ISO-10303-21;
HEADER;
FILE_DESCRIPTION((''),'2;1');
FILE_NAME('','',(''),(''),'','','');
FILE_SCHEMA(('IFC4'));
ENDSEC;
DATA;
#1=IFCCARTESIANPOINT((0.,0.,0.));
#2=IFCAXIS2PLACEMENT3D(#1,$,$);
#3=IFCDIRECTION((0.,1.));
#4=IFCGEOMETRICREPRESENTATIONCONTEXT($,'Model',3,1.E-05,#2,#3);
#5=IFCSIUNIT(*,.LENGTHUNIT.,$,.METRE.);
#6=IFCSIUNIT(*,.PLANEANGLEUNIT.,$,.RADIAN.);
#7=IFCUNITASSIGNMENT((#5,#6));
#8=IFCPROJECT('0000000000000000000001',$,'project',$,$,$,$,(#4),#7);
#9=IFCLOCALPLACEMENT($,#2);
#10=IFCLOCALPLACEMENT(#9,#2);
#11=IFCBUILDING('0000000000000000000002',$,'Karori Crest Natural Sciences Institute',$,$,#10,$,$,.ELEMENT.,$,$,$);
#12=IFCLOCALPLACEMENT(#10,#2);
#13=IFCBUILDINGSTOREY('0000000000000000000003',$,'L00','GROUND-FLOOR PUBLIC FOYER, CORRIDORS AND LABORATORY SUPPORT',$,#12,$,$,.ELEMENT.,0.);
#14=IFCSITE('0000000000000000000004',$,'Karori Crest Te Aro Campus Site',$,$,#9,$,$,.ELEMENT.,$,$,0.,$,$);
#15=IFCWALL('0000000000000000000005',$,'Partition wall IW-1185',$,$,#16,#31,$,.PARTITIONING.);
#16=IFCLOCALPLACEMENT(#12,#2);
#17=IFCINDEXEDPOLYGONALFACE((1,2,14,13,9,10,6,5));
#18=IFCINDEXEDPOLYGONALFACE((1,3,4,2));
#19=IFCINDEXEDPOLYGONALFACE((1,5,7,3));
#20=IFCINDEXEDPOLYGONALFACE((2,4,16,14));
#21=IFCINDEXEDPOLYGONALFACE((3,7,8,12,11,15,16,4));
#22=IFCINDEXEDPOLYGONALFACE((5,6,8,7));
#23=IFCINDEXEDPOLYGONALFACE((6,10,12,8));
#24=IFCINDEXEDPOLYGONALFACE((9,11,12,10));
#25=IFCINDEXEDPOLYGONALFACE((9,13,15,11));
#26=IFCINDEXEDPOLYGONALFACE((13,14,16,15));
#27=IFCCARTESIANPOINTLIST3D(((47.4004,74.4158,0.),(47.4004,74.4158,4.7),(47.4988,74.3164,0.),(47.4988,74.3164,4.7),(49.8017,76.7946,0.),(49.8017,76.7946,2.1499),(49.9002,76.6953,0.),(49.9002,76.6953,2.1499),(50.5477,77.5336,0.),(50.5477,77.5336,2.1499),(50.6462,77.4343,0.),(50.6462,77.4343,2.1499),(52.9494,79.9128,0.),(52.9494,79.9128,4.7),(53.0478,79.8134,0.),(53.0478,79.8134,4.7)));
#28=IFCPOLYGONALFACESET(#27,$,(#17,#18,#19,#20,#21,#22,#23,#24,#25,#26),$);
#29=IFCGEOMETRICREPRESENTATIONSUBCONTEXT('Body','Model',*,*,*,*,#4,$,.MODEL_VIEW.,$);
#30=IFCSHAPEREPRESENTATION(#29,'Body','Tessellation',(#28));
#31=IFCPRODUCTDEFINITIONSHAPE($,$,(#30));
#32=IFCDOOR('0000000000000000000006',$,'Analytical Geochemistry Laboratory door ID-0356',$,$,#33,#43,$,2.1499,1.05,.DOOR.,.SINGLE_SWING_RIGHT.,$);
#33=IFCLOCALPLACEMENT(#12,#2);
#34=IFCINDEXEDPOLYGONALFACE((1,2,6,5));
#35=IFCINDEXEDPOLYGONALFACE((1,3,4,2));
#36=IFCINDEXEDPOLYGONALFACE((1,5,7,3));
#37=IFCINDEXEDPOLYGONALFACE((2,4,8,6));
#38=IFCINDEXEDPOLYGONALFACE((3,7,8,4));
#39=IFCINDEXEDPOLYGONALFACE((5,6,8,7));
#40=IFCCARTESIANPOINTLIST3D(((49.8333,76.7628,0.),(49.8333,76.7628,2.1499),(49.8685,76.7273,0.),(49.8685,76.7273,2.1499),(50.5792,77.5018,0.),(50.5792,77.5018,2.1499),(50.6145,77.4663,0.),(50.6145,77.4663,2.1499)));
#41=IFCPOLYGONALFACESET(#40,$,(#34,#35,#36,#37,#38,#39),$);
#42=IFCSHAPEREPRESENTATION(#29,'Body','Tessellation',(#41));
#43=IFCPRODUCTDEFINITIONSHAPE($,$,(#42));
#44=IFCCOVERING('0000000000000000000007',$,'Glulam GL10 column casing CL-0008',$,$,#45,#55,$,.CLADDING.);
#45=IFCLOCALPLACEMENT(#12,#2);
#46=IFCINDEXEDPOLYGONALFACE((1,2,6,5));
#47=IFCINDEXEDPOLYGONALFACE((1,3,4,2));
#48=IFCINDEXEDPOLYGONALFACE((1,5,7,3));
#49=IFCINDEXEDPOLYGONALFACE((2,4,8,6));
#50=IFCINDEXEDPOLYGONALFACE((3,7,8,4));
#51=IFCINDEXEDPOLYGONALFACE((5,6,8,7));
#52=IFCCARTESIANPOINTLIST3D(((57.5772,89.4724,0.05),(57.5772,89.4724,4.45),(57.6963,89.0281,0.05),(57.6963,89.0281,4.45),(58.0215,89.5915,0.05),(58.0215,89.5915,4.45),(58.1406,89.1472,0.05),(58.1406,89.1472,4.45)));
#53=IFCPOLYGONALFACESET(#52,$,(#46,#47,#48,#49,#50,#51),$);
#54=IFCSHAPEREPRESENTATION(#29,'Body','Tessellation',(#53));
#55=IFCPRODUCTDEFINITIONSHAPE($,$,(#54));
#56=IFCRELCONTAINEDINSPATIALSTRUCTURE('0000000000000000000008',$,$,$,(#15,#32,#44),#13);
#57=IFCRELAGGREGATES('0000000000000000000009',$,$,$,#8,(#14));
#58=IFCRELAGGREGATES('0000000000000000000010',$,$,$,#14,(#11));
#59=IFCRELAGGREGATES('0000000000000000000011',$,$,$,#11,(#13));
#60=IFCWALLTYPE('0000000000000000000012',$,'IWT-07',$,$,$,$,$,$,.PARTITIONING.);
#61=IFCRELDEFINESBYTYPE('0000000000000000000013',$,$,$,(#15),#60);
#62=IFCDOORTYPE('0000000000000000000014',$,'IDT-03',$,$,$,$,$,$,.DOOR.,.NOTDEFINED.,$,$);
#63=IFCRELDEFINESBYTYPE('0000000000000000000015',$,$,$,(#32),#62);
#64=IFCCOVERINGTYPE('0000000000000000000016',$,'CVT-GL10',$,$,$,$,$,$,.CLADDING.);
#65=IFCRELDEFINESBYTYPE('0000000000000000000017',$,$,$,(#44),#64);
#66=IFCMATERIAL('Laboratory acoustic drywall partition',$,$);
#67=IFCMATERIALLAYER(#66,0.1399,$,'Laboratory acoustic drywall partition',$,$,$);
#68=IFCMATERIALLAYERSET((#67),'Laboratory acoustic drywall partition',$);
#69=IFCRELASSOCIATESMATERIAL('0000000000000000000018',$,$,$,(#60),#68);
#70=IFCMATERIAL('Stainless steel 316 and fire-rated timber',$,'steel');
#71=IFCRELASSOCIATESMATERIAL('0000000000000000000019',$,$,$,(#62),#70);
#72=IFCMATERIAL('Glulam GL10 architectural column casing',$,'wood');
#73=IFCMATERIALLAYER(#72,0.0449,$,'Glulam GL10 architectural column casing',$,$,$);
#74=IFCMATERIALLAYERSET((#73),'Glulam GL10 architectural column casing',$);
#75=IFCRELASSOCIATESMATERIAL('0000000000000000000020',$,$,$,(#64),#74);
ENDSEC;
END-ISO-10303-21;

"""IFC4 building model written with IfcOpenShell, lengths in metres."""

from ifc_helpers import new_model, si_unit, direction, frame, frame_2d, origin, origin_2d, place, context, subcontext, project, spatial, rectangle, extrude, material, layer, layer_set, type_object, element, fill, save


model = new_model("IFC4")

# Units and contexts
model_context = context("Model", 3, precision=1e-05, world=origin(), true_north=direction((0.0, 1.0)))
body_context = subcontext(model_context, "Body", "Model", "MODEL_VIEW")
ifc_project = project(units=[si_unit("LENGTHUNIT", "METRE"), si_unit("PLANEANGLEUNIT", "RADIAN")], contexts=[model_context])

# Site, building, storey
site_placement = place(None, origin())
site = spatial("IfcSite", under=ifc_project, at=site_placement, Name="Karori Crest Te Aro Campus Site", CompositionType="ELEMENT", RefElevation=0.0)
building_placement = place(site_placement, origin())
building = spatial("IfcBuilding", under=site, at=building_placement, Name="Karori Crest Natural Sciences Institute", CompositionType="ELEMENT")
storey_placement = place(building_placement, origin())
storey = spatial("IfcBuildingStorey", under=building, at=storey_placement, Name="L00", Description="GROUND-FLOOR PUBLIC FOYER, CORRIDORS AND LABORATORY SUPPORT", CompositionType="ELEMENT", Elevation=0.0)

# Shared definitions
ifc_material_1 = material(Name="Laboratory acoustic drywall partition")
ifc_layer_1 = layer(ifc_material_1, 0.1399, Name="Laboratory acoustic drywall partition")
ifc_layer_set_1 = layer_set([ifc_layer_1], Name="Laboratory acoustic drywall partition")
wall_type = type_object("IfcWallType", Name="IWT-07", PredefinedType="PARTITIONING", material=ifc_layer_set_1)

# Wall, opening, door
wall_1_placement = place(storey_placement, frame((52.9985, 79.863, 0.0), z_axis=(0.0, 0.0, 1.0), x_axis=(-0.710428, -0.70377, 0.0)))
wall_1 = element("IfcWall", 1, at=wall_1_placement, inside=storey, type_object=wall_type, Name="Partition wall IW-1185", PredefinedType="PARTITIONING", context=body_context, shape_type="SweptSolid", body=[
    extrude(rectangle(XDim=7.8108, YDim=0.1399, at=frame_2d((3.9053, 0.0))), origin(), (0.0, 0.0, 1.0), 4.7),
])
opening_placement = place(wall_1_placement, frame((3.3806, 0.0, 0.0)))
opening = element("IfcOpeningElement", 2, at=opening_placement, cuts=wall_1, PredefinedType="OPENING", context=body_context, shape_type="SweptSolid", body=[
    extrude(rectangle(XDim=1.05, YDim=2.1499, at=frame_2d((0.5249, 1.075))), frame((0.0, 0.0801, 0.0), z_axis=(0.0, -1.0, 0.0), x_axis=(1.0, 0.0, 0.0)), (0.0, 0.0, 1.0), 0.1599),
])
ifc_material_2 = material(Name="Stainless steel 316 and fire-rated timber", Category="steel")
door_type = type_object("IfcDoorType", Name="IDT-03", OperationType="NOTDEFINED", PredefinedType="DOOR", material=ifc_material_2)
door_placement = place(opening_placement, origin())
door = element("IfcDoor", 3, at=door_placement, inside=storey, type_object=door_type, Name="Analytical Geochemistry Laboratory door ID-0356", OperationType="SINGLE_SWING_RIGHT", OverallHeight=2.1499, OverallWidth=1.05, PredefinedType="DOOR", context=body_context, shape_type="SweptSolid", body=[
    extrude(rectangle(XDim=1.05, YDim=2.1499, at=frame_2d((0.5249, 1.075))), frame((0.0, 0.0249, 0.0), z_axis=(0.0, -1.0, 0.0), x_axis=(1.0, 0.0, 0.0)), (0.0, 0.0, 1.0), 0.05),
])
fill(opening, door)

# Covering
ifc_material_3 = material(Name="Glulam GL10 architectural column casing", Category="wood")
ifc_layer_2 = layer(ifc_material_3, 0.0449, Name="Glulam GL10 architectural column casing")
ifc_layer_set_2 = layer_set([ifc_layer_2], Name="Glulam GL10 architectural column casing")
covering_type = type_object("IfcCoveringType", Name="CVT-GL10", PredefinedType="CLADDING", material=ifc_layer_set_2)
covering_placement = place(storey_placement, frame((57.8589, 89.3098, 0.05), z_axis=(0.0, 0.0, 1.0), x_axis=(-0.258819, 0.965926, 0.0)))
element("IfcCovering", 4, at=covering_placement, inside=storey, type_object=covering_type, Name="Glulam GL10 column casing CL-0008", PredefinedType="CLADDING", context=body_context, shape_type="SweptSolid", body=[
    extrude(rectangle(XDim=0.46, YDim=0.46, at=origin_2d()), origin(), (0.0, 0.0, 1.0), 4.3999),
])

save(model, "model.ifc")
